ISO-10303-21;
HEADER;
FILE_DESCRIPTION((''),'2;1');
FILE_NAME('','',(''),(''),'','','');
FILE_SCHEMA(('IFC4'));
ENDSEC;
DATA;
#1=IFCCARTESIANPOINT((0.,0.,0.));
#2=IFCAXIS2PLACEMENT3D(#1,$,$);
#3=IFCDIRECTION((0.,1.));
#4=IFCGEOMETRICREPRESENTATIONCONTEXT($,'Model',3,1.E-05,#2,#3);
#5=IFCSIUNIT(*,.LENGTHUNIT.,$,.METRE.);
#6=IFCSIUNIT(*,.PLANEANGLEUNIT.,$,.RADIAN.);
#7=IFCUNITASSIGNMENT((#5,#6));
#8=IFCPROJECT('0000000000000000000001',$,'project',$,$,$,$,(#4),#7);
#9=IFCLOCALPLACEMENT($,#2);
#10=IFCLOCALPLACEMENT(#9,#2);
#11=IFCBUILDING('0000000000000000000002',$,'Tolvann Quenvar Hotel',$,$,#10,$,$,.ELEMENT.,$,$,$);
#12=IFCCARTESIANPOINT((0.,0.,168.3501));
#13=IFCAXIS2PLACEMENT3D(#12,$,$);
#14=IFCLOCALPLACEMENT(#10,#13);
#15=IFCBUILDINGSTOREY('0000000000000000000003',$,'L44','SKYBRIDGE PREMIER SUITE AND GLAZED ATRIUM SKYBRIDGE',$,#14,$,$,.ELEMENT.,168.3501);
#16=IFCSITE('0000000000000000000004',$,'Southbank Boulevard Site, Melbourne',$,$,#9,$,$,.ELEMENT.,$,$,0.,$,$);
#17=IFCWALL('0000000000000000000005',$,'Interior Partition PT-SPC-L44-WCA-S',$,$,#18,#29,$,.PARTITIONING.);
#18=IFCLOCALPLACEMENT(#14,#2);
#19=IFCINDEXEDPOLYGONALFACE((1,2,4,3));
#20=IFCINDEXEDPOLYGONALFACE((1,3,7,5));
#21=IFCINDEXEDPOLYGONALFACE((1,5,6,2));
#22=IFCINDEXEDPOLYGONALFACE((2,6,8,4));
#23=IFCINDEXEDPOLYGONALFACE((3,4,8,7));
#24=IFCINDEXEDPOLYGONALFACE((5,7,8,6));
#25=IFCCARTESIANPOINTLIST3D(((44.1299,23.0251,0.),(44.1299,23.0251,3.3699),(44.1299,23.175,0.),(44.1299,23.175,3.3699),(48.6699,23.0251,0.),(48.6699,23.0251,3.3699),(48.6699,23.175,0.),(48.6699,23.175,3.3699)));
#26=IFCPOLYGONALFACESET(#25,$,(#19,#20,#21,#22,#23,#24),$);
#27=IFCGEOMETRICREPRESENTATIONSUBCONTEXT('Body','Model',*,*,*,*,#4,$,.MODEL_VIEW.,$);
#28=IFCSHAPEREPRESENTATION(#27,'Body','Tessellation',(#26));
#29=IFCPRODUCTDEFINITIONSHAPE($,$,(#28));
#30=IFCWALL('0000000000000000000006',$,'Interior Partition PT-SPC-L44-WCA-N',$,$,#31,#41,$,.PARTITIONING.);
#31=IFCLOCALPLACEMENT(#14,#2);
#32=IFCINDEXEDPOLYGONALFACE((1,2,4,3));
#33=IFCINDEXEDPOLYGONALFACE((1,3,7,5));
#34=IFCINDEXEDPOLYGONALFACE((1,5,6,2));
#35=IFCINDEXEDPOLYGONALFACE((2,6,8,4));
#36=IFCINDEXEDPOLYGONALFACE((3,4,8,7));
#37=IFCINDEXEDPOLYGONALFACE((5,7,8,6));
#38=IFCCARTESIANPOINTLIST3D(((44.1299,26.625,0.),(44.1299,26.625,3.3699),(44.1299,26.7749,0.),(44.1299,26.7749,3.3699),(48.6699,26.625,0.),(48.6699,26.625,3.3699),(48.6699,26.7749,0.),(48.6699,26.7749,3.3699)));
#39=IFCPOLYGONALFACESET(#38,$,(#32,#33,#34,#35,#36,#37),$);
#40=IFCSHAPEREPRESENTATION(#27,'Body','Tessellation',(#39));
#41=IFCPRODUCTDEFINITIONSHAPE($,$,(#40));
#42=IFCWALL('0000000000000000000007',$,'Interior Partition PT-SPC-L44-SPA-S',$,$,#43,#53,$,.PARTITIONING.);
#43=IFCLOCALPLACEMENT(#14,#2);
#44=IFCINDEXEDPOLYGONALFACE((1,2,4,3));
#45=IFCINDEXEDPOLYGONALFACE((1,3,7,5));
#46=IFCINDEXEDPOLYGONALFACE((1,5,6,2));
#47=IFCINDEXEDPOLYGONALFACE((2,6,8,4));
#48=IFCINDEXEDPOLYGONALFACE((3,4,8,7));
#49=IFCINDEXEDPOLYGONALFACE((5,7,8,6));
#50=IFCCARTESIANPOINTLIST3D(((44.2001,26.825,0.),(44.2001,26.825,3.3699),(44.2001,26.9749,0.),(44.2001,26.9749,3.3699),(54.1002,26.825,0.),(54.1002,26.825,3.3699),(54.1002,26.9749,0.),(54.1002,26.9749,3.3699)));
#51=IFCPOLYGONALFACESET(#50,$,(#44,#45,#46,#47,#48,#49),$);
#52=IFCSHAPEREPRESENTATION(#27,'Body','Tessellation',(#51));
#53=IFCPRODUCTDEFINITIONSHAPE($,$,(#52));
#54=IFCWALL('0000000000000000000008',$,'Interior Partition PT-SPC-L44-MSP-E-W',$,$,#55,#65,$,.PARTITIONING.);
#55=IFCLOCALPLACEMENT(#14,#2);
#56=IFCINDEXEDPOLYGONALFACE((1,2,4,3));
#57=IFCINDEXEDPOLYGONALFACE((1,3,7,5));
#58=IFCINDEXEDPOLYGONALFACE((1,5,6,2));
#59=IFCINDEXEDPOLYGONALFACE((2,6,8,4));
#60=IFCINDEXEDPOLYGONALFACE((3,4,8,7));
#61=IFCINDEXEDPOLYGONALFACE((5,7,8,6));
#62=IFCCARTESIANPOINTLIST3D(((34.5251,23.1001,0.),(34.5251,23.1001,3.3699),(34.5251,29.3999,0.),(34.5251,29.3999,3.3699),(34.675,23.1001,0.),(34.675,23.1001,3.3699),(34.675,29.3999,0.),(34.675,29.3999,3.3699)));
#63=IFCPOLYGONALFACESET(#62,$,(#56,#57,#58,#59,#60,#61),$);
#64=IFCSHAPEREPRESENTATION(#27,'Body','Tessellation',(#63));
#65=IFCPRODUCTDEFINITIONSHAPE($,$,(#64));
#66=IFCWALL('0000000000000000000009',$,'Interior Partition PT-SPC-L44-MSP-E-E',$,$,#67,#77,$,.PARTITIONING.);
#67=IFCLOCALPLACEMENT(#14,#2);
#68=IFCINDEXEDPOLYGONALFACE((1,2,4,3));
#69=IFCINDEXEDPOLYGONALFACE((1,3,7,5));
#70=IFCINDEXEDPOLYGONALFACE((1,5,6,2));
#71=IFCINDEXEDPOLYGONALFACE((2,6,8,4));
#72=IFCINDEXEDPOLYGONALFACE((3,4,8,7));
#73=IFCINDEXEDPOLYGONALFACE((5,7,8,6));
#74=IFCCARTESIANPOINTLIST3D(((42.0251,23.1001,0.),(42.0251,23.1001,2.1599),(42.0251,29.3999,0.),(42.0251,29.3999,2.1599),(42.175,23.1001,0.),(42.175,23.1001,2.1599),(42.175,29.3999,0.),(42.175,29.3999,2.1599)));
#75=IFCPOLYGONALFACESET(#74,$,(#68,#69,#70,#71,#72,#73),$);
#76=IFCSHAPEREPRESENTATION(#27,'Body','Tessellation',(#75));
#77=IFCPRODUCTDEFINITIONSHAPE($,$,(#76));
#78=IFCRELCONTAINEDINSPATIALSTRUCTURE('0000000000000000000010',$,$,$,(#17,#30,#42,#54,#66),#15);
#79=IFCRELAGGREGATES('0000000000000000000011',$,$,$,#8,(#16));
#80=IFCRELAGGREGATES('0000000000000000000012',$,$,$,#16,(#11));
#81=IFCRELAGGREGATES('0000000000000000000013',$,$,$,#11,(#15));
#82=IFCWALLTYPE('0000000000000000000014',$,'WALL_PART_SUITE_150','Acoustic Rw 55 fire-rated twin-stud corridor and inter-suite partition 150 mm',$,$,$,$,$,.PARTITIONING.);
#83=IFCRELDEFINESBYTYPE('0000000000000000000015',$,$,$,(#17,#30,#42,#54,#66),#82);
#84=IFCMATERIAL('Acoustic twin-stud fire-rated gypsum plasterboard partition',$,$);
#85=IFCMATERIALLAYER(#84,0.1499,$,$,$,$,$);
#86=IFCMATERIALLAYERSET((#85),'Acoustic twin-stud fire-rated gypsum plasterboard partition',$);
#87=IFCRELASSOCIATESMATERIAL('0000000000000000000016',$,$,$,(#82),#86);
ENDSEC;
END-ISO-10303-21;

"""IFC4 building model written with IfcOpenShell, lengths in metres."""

from ifc_helpers import new_model, si_unit, direction, frame, frame_2d, origin, place, context, subcontext, project, spatial, rectangle, extrude, material, layer, layer_set, type_object, element, save


model = new_model("IFC4")

# Units and contexts
model_context = context("Model", 3, precision=1e-05, world=origin(), true_north=direction((0.0, 1.0)))
body_context = subcontext(model_context, "Body", "Model", "MODEL_VIEW")
ifc_project = project(units=[si_unit("LENGTHUNIT", "METRE"), si_unit("PLANEANGLEUNIT", "RADIAN")], contexts=[model_context])

# Site, building, storey
site_placement = place(None, origin())
site = spatial("IfcSite", under=ifc_project, at=site_placement, Name="Southbank Boulevard Site, Melbourne", CompositionType="ELEMENT", RefElevation=0.0)
building_placement = place(site_placement, origin())
building = spatial("IfcBuilding", under=site, at=building_placement, Name="Tolvann Quenvar Hotel", CompositionType="ELEMENT")
storey_placement = place(building_placement, frame((0.0, 0.0, 168.3501)))
storey = spatial("IfcBuildingStorey", under=building, at=storey_placement, Name="L44", Description="SKYBRIDGE PREMIER SUITE AND GLAZED ATRIUM SKYBRIDGE", CompositionType="ELEMENT", Elevation=168.3501)

# Shared definitions
ifc_material_1 = material(Name="Acoustic twin-stud fire-rated gypsum plasterboard partition")

# Shared definitions
ifc_layer_1 = layer(ifc_material_1, 0.1499)
ifc_layer_set_1 = layer_set([ifc_layer_1], Name="Acoustic twin-stud fire-rated gypsum plasterboard partition")
wall_type_1 = type_object("IfcWallType", Name="WALL_PART_SUITE_150", Description="Acoustic Rw 55 fire-rated twin-stud corridor and inter-suite partition 150 mm", PredefinedType="PARTITIONING", material=ifc_layer_set_1)

# Walls
for number, where, z_axis, x_axis, name in (
    (1, (44.1299, 23.1001, 0.0), (0.0, 0.0, 1.0), (1.0, 0.0, 0.0), "Interior Partition PT-SPC-L44-WCA-S"),
    (2, (44.1299, 26.7, 0.0), (0.0, 0.0, 1.0), (1.0, 0.0, 0.0), "Interior Partition PT-SPC-L44-WCA-N"),
):
    element("IfcWall", number, at=place(storey_placement, frame(where, z_axis=z_axis, x_axis=x_axis)), inside=storey, type_object=wall_type_1, Name=name, PredefinedType="PARTITIONING", context=body_context, shape_type="SweptSolid", body=[
        extrude(rectangle(XDim=4.54, YDim=0.1499, at=frame_2d((2.27, 0.0))), origin(), (0.0, 0.0, 1.0), 3.3699),
    ])
wall_1_placement = place(storey_placement, frame((44.2, 26.8999, 0.0), z_axis=(0.0, 0.0, 1.0), x_axis=(1.0, 0.0, 0.0)))
element("IfcWall", 3, at=wall_1_placement, inside=storey, type_object=wall_type_1, Name="Interior Partition PT-SPC-L44-SPA-S", PredefinedType="PARTITIONING", context=body_context, shape_type="SweptSolid", body=[
    extrude(rectangle(XDim=9.9001, YDim=0.1499, at=frame_2d((4.9502, 0.0))), origin(), (0.0, 0.0, 1.0), 3.3699),
])

# Walls
wall_2_placement = place(storey_placement, frame((34.6001, 23.1001, 0.0), z_axis=(0.0, 0.0, 1.0), x_axis=(0.0, 1.0, 0.0)))
element("IfcWall", 4, at=wall_2_placement, inside=storey, type_object=wall_type_1, Name="Interior Partition PT-SPC-L44-MSP-E-W", PredefinedType="PARTITIONING", context=body_context, shape_type="SweptSolid", body=[
    extrude(rectangle(XDim=6.2998, YDim=0.1499, at=frame_2d((3.1499, 0.0))), origin(), (0.0, 0.0, 1.0), 3.3699),
])
wall_3_placement = place(storey_placement, frame((42.1001, 23.1001, 0.0), z_axis=(0.0, 0.0, 1.0), x_axis=(0.0, 1.0, 0.0)))
element("IfcWall", 5, at=wall_3_placement, inside=storey, type_object=wall_type_1, Name="Interior Partition PT-SPC-L44-MSP-E-E", PredefinedType="PARTITIONING", context=body_context, shape_type="SweptSolid", body=[
    extrude(rectangle(XDim=6.2998, YDim=0.1499, at=frame_2d((3.1499, 0.0))), origin(), (0.0, 0.0, 1.0), 2.1599),
])

save(model, "model.ifc")
